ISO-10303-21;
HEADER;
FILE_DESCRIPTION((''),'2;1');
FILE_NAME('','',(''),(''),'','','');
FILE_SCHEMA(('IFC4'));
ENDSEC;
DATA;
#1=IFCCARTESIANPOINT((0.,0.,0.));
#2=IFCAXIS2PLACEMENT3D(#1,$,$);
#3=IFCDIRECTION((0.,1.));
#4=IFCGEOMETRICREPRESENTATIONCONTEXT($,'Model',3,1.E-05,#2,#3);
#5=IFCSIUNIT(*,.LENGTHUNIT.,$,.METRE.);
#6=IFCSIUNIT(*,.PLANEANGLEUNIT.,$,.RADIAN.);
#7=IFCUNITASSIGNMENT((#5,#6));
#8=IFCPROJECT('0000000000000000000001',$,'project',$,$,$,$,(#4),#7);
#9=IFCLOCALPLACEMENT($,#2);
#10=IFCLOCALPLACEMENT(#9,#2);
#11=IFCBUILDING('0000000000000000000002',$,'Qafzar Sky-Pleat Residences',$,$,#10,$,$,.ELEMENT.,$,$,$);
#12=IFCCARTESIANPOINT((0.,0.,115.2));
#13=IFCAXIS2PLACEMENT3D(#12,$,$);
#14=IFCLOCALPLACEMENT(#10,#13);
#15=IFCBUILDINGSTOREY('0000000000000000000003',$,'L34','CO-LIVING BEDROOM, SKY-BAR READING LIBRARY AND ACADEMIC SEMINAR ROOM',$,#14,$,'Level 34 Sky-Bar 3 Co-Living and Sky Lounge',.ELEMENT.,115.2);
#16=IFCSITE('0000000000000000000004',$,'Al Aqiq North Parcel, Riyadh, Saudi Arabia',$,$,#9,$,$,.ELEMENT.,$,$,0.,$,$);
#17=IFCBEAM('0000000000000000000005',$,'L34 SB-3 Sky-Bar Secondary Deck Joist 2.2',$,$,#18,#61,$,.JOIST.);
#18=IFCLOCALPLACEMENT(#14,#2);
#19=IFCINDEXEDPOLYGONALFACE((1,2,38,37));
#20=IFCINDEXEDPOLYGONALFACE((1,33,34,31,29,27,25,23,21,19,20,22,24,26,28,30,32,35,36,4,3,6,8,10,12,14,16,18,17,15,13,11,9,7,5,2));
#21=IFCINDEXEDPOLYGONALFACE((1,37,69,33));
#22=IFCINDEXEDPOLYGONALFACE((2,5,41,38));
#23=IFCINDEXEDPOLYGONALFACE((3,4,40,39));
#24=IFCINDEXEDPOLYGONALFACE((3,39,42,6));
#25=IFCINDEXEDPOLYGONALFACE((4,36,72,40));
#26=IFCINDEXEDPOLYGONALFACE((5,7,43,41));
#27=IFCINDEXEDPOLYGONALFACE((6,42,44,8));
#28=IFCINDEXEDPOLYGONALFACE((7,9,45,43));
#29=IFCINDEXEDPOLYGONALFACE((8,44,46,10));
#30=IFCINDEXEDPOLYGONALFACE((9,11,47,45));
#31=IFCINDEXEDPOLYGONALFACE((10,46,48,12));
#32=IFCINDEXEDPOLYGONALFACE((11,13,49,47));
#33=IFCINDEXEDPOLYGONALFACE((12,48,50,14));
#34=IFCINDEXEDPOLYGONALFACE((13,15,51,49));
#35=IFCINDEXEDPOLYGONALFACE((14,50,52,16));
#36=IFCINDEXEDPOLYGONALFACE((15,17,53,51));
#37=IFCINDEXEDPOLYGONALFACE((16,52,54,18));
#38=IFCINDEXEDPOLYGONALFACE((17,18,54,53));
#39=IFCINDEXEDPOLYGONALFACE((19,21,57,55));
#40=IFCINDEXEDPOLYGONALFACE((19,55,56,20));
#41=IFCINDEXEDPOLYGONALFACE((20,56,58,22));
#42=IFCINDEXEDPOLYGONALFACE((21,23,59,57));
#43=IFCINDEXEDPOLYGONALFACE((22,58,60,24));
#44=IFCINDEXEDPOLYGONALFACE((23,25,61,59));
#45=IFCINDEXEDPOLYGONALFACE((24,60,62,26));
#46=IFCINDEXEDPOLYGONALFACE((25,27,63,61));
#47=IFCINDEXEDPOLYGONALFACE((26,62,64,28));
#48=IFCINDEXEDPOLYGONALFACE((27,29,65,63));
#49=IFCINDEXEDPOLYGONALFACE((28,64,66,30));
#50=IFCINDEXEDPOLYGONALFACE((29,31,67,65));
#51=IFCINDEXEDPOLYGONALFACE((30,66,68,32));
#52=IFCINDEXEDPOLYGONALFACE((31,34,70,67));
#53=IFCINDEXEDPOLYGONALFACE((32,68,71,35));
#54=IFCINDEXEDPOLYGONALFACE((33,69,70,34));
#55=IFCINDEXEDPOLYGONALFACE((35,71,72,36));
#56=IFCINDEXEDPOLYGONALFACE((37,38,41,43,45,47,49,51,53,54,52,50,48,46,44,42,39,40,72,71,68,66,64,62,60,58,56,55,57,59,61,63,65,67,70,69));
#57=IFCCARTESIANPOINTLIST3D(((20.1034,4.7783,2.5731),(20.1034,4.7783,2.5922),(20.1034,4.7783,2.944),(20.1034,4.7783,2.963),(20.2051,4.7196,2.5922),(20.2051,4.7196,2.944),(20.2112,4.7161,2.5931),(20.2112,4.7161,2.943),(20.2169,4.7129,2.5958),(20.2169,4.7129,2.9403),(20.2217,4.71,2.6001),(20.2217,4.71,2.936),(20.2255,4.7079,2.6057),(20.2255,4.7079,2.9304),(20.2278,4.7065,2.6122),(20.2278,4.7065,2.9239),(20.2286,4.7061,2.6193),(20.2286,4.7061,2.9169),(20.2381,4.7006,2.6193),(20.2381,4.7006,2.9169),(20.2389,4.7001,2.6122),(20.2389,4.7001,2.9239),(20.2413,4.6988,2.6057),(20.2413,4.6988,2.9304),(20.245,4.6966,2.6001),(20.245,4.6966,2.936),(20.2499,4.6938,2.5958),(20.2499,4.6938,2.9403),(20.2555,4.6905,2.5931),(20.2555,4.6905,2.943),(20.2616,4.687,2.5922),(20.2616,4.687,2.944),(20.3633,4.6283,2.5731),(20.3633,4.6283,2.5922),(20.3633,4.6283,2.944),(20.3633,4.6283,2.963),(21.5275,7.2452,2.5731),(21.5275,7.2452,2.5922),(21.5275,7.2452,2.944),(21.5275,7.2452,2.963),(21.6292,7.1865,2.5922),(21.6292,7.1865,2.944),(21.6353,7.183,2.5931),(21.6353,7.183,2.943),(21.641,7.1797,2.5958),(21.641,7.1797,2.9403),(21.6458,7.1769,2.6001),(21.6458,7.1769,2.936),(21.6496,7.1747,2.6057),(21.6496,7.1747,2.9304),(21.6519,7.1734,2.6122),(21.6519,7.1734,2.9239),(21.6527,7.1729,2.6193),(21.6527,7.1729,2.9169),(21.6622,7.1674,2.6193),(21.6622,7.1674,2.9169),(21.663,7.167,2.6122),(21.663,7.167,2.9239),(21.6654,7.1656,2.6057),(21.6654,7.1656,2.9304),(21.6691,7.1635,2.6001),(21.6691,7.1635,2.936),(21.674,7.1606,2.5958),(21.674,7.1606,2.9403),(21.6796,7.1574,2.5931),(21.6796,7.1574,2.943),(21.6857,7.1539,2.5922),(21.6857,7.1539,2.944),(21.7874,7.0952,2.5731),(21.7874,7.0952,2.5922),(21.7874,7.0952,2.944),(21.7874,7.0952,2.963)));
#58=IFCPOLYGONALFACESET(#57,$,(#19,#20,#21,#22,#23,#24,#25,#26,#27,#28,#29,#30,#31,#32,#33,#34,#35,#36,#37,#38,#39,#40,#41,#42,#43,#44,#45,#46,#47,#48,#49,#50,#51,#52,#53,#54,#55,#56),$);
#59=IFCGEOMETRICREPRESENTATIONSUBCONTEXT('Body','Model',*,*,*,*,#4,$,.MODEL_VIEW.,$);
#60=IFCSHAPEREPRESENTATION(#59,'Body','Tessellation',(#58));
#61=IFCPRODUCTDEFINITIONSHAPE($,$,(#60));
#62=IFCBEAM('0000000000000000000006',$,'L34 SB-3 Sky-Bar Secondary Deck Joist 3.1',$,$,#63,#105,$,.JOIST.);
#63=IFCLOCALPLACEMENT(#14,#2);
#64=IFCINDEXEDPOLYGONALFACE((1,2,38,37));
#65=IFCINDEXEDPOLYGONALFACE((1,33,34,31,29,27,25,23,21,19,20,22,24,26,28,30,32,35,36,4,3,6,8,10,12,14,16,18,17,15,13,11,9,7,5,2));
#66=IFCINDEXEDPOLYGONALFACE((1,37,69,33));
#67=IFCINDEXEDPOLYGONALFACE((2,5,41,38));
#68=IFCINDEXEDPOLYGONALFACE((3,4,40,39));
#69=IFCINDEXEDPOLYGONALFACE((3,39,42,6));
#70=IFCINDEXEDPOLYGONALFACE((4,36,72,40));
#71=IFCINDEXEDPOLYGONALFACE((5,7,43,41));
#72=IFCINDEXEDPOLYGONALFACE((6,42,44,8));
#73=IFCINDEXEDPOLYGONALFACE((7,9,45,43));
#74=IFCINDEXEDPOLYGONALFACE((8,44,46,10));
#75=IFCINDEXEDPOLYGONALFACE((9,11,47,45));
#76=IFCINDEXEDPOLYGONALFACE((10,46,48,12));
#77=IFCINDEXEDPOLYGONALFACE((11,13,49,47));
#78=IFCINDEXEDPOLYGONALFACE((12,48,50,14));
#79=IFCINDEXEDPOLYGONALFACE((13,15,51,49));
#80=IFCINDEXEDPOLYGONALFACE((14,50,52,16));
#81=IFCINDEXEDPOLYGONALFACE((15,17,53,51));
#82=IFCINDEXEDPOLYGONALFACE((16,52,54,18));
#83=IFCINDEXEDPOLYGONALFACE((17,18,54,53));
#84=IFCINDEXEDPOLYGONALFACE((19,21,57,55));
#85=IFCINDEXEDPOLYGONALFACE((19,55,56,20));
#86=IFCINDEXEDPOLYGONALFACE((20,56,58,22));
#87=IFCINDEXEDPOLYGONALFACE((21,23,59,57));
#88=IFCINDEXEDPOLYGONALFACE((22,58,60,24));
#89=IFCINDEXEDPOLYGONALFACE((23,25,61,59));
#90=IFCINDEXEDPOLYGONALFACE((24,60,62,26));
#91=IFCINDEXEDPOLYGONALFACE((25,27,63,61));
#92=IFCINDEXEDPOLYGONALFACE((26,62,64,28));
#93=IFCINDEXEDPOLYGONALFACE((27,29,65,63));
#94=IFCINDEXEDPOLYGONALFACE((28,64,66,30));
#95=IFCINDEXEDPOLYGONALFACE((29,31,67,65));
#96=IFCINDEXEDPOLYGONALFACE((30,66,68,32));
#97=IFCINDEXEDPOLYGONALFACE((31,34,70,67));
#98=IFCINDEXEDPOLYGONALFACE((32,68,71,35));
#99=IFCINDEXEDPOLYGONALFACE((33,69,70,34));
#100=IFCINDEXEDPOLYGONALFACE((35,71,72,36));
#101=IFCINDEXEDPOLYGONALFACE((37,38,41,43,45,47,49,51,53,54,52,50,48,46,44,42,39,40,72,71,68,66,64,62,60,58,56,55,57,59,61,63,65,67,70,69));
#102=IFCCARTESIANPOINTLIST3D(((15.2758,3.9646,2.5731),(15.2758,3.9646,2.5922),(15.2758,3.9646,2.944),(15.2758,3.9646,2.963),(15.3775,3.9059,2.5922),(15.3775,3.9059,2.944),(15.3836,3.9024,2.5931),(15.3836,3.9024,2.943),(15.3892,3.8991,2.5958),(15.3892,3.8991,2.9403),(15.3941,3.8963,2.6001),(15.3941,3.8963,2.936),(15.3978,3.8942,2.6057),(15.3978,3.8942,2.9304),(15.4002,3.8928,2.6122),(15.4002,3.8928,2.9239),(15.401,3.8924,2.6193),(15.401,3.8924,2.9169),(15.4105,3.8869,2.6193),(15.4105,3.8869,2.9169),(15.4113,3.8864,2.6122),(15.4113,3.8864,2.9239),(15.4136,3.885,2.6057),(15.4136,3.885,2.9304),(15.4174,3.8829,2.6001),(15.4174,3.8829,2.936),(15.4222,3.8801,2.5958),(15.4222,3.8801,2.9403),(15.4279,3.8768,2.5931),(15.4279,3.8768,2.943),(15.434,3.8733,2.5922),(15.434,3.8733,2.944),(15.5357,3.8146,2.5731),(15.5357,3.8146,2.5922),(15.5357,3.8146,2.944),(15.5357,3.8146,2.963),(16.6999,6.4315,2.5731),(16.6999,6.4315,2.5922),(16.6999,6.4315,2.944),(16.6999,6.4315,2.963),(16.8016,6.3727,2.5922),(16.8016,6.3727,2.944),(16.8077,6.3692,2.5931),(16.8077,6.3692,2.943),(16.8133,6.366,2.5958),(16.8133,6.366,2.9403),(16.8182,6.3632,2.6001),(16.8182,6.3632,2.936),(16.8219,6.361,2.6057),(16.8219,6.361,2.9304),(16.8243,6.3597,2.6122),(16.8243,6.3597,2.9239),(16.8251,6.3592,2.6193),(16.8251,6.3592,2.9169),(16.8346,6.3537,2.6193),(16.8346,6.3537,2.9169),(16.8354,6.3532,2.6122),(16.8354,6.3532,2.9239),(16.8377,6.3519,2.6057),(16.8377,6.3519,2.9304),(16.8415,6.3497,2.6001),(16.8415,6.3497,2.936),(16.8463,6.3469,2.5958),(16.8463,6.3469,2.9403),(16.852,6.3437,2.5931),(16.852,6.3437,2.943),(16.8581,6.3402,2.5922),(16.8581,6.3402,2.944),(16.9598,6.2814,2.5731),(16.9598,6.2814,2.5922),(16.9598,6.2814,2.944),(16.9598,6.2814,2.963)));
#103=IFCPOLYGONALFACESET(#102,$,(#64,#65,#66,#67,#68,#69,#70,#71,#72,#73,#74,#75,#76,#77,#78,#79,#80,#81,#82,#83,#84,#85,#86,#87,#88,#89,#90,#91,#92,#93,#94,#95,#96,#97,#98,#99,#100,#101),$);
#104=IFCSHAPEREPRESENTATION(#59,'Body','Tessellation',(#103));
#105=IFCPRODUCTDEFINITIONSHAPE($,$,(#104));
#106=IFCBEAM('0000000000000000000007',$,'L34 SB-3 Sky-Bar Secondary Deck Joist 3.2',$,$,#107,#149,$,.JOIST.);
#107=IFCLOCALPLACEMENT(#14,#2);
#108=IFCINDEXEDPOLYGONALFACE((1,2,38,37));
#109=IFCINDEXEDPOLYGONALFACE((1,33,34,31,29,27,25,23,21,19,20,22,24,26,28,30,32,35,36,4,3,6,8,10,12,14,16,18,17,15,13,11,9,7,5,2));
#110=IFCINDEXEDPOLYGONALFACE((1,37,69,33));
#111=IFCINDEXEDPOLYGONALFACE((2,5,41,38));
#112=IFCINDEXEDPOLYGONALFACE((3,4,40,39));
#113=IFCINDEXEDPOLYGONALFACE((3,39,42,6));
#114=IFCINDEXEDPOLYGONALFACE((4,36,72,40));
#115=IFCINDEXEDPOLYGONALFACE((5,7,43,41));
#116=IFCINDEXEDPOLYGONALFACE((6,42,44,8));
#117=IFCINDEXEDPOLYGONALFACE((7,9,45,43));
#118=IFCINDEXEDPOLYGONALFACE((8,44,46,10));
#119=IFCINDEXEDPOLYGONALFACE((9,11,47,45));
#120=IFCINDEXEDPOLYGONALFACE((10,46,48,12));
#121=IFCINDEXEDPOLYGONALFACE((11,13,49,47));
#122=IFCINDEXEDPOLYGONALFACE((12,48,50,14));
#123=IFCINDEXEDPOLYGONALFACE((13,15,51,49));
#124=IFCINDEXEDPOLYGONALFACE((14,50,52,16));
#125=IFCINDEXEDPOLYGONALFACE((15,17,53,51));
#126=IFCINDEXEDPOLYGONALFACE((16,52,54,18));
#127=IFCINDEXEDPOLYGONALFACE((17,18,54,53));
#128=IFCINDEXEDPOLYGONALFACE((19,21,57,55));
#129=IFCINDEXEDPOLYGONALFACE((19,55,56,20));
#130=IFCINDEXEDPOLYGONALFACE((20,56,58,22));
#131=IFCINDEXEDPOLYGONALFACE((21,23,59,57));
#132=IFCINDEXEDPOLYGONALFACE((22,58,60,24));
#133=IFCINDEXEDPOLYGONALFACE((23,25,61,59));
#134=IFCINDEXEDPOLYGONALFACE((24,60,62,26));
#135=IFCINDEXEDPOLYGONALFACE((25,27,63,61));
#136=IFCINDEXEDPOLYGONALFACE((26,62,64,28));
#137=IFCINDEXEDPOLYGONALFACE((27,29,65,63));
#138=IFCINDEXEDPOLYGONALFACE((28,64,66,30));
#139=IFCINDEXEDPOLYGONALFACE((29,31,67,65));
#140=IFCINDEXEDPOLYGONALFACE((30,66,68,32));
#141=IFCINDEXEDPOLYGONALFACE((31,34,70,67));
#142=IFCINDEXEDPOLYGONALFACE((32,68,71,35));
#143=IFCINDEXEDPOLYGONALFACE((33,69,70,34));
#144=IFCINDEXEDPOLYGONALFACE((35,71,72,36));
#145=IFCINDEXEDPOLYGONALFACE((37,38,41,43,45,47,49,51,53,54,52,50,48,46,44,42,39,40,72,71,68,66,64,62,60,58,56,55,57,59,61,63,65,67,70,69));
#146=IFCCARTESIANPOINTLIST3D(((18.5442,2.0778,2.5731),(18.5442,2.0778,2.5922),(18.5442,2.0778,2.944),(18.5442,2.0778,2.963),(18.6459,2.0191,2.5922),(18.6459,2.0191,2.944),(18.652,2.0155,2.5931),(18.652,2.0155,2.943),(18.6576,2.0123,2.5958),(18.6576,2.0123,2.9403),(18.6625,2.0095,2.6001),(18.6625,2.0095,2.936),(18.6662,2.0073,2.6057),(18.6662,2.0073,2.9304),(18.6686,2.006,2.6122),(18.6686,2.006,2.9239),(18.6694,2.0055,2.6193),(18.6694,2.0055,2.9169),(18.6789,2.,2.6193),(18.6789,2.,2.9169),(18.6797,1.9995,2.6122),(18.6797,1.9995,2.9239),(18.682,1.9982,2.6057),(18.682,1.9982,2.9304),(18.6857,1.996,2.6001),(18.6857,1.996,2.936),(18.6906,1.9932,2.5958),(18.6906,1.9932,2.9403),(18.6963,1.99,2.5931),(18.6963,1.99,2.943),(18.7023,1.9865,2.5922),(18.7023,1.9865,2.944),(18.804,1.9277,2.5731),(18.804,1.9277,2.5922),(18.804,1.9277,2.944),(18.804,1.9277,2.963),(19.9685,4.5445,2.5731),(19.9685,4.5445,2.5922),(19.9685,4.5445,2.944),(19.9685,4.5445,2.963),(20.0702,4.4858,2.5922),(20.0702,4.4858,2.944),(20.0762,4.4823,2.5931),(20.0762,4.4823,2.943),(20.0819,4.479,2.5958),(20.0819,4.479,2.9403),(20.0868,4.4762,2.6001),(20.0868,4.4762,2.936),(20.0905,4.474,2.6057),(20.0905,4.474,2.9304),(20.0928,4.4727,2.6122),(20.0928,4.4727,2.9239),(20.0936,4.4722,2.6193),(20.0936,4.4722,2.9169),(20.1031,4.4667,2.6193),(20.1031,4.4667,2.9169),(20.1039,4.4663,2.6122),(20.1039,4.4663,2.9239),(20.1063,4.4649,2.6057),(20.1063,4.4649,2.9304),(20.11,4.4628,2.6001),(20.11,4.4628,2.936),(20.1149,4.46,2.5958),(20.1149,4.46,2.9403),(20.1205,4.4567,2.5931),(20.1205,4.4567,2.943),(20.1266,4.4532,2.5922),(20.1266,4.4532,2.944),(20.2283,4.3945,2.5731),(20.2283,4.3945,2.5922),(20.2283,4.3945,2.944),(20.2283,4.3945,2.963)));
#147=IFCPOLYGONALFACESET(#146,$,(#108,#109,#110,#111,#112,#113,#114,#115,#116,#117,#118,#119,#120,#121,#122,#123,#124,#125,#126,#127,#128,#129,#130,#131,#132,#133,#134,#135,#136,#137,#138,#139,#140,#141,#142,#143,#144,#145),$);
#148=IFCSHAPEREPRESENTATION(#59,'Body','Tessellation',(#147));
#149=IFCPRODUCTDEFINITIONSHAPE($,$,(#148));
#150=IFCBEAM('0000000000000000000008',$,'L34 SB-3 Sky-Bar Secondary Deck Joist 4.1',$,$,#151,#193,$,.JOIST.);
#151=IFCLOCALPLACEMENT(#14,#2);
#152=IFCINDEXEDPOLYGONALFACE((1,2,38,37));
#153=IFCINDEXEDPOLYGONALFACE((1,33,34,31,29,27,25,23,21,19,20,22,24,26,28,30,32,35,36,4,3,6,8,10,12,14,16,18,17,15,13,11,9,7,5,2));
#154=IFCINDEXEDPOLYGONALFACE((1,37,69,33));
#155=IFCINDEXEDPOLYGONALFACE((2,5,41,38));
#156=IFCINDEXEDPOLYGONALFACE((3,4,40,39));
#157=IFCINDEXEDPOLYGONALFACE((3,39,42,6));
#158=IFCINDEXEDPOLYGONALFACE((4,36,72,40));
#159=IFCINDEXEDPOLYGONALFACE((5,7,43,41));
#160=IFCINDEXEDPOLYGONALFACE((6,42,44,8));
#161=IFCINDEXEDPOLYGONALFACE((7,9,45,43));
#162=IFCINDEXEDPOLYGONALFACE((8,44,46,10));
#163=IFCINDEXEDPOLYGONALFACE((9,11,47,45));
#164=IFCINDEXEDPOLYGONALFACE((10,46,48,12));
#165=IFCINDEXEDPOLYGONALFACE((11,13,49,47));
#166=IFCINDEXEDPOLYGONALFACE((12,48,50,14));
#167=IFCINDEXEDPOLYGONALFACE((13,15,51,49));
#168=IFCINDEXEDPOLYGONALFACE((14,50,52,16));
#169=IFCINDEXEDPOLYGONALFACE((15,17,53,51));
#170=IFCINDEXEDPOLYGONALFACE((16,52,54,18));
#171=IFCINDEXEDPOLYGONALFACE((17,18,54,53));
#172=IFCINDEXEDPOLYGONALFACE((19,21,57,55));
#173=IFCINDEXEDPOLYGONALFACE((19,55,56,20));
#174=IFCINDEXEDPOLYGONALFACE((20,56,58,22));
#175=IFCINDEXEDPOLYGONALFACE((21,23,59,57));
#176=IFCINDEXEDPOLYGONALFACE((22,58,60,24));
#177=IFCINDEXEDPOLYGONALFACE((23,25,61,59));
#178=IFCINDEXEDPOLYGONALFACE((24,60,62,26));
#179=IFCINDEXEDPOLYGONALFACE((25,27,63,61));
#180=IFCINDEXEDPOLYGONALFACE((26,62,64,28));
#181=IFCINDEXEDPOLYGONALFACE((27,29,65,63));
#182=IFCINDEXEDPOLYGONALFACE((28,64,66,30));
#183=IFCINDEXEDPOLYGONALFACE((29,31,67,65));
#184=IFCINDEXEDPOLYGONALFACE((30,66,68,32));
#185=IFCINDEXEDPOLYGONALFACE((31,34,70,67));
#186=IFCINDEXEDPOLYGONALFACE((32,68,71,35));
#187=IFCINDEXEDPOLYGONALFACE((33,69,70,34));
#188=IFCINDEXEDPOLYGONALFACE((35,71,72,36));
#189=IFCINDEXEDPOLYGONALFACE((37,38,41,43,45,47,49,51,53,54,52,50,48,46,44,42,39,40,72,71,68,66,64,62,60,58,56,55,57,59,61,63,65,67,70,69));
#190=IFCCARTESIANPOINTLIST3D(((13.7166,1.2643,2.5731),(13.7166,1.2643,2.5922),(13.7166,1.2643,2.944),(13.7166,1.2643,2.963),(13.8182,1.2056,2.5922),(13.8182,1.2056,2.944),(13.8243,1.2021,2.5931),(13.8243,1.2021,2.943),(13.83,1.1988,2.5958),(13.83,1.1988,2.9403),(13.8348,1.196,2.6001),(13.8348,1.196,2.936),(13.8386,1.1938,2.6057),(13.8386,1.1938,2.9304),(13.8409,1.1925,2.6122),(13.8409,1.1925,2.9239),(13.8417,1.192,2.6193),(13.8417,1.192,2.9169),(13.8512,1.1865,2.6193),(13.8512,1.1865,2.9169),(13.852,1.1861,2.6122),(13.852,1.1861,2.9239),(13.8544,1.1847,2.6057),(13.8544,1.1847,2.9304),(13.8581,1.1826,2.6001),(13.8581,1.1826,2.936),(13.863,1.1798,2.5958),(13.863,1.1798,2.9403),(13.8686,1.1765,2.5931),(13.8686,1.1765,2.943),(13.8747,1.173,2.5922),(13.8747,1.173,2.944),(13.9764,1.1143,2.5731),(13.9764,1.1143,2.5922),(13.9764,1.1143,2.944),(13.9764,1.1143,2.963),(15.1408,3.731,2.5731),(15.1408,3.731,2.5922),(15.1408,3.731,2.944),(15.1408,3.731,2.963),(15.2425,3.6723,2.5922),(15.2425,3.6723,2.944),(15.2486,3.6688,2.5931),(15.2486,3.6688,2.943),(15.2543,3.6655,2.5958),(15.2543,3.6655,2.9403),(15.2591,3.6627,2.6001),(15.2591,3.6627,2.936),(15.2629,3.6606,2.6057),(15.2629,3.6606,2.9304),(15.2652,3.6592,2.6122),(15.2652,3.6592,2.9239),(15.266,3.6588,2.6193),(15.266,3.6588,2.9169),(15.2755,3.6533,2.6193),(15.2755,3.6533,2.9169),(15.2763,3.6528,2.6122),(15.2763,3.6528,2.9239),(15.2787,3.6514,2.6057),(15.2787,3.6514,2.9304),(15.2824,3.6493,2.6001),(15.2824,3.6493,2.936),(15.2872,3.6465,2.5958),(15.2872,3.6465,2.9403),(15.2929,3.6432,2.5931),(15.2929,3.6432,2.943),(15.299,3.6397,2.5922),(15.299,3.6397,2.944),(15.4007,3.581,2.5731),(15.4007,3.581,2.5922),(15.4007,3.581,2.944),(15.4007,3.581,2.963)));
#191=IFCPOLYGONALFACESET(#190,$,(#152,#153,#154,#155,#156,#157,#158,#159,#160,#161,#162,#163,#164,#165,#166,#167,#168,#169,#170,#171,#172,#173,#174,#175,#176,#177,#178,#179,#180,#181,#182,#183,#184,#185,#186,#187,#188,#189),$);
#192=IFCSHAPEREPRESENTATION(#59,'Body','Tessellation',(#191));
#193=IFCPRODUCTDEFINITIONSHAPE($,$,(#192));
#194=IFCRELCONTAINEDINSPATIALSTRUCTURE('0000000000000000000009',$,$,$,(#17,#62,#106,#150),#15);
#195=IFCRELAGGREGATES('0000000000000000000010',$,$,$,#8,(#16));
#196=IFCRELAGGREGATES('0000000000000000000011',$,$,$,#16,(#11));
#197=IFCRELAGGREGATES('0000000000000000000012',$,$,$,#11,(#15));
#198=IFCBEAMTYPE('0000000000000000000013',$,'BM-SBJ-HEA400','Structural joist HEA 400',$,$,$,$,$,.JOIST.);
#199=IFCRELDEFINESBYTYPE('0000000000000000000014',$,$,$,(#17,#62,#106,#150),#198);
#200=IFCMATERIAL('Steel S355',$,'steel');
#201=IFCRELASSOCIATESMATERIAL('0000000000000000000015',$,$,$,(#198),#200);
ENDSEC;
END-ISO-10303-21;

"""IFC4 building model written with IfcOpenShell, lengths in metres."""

from ifc_helpers import new_model, si_unit, direction, frame, origin, origin_2d, place, context, subcontext, project, spatial, i_section, extrude, source, transform, mapped, material, material_profile, profile_set, type_object, element, save


model = new_model("IFC4")

# Units and contexts
model_context = context("Model", 3, precision=1e-05, world=origin(), true_north=direction((0.0, 1.0)))
body_context = subcontext(model_context, "Body", "Model", "MODEL_VIEW")
ifc_project = project(units=[si_unit("LENGTHUNIT", "METRE"), si_unit("PLANEANGLEUNIT", "RADIAN")], contexts=[model_context])

# Site, building, storey
site_placement = place(None, origin())
site = spatial("IfcSite", under=ifc_project, at=site_placement, Name="Al Aqiq North Parcel, Riyadh, Saudi Arabia", CompositionType="ELEMENT", RefElevation=0.0)
building_placement = place(site_placement, origin())
building = spatial("IfcBuilding", under=site, at=building_placement, Name="Qafzar Sky-Pleat Residences", CompositionType="ELEMENT")
storey_placement = place(building_placement, frame((0.0, 0.0, 115.2)))
storey = spatial("IfcBuildingStorey", under=building, at=storey_placement, Name="L34", Description="CO-LIVING BEDROOM, SKY-BAR READING LIBRARY AND ACADEMIC SEMINAR ROOM", LongName="Level 34 Sky-Bar 3 Co-Living and Sky Lounge", CompositionType="ELEMENT", Elevation=115.2)

# Beams
ifc_material_1 = material(Name="Steel S355", Category="steel")
ifc_material_profile_1 = material_profile(ifc_material_1, i_section(OverallWidth=0.3, OverallDepth=0.3899, WebThickness=0.011, FlangeThickness=0.019, FilletRadius=0.0271, at=origin_2d()), Name="HEA 400")
ifc_profile_set_1 = profile_set([ifc_material_profile_1], Name="Steel S355")
beam_type_1 = type_object("IfcBeamType", Name="BM-SBJ-HEA400", Description="Structural joist HEA 400", PredefinedType="JOIST", material=ifc_profile_set_1)
shared_shape_1 = source(origin(), body_context, "Body", "SweptSolid", [
    extrude(i_section(OverallWidth=0.3, OverallDepth=0.3899, WebThickness=0.011, FlangeThickness=0.019, FilletRadius=0.0271, at=origin_2d()), origin(), (0.0, 0.0, 1.0), 2.8484),
])
for number, where, z_axis, x_axis, name in (
    (1, (21.6575, 7.1702, 2.7681), (-0.499965, -0.866046, 0.0), (0.866046, -0.499965, 0.0), "L34 SB-3 Sky-Bar Secondary Deck Joist 2.2"),
    (2, (16.8298, 6.3564, 2.7681), (-0.499965, -0.866046, 0.0), (0.866046, -0.499965, 0.0), "L34 SB-3 Sky-Bar Secondary Deck Joist 3.1"),
    (3, (20.0984, 4.4695, 2.7681), (-0.500029, -0.866009, 0.0), (0.866009, -0.500029, 0.0), "L34 SB-3 Sky-Bar Secondary Deck Joist 3.2"),
    (4, (15.2708, 3.656, 2.7681), (-0.500029, -0.866009, 0.0), (0.866009, -0.500029, 0.0), "L34 SB-3 Sky-Bar Secondary Deck Joist 4.1"),
):
    element("IfcBeam", number, at=place(storey_placement, frame(where, z_axis=z_axis, x_axis=x_axis)), inside=storey, type_object=beam_type_1, Name=name, PredefinedType="JOIST", context=body_context, shape_type="MappedRepresentation", body=[
        mapped(shared_shape_1, transform((0.0, 0.0, 0.0), x_axis=(1.0, 0.0, 0.0), y_axis=(0.0, 1.0, 0.0), z_axis=(0.0, 0.0, 1.0), scale=1.0)),
    ])

save(model, "model.ifc")
